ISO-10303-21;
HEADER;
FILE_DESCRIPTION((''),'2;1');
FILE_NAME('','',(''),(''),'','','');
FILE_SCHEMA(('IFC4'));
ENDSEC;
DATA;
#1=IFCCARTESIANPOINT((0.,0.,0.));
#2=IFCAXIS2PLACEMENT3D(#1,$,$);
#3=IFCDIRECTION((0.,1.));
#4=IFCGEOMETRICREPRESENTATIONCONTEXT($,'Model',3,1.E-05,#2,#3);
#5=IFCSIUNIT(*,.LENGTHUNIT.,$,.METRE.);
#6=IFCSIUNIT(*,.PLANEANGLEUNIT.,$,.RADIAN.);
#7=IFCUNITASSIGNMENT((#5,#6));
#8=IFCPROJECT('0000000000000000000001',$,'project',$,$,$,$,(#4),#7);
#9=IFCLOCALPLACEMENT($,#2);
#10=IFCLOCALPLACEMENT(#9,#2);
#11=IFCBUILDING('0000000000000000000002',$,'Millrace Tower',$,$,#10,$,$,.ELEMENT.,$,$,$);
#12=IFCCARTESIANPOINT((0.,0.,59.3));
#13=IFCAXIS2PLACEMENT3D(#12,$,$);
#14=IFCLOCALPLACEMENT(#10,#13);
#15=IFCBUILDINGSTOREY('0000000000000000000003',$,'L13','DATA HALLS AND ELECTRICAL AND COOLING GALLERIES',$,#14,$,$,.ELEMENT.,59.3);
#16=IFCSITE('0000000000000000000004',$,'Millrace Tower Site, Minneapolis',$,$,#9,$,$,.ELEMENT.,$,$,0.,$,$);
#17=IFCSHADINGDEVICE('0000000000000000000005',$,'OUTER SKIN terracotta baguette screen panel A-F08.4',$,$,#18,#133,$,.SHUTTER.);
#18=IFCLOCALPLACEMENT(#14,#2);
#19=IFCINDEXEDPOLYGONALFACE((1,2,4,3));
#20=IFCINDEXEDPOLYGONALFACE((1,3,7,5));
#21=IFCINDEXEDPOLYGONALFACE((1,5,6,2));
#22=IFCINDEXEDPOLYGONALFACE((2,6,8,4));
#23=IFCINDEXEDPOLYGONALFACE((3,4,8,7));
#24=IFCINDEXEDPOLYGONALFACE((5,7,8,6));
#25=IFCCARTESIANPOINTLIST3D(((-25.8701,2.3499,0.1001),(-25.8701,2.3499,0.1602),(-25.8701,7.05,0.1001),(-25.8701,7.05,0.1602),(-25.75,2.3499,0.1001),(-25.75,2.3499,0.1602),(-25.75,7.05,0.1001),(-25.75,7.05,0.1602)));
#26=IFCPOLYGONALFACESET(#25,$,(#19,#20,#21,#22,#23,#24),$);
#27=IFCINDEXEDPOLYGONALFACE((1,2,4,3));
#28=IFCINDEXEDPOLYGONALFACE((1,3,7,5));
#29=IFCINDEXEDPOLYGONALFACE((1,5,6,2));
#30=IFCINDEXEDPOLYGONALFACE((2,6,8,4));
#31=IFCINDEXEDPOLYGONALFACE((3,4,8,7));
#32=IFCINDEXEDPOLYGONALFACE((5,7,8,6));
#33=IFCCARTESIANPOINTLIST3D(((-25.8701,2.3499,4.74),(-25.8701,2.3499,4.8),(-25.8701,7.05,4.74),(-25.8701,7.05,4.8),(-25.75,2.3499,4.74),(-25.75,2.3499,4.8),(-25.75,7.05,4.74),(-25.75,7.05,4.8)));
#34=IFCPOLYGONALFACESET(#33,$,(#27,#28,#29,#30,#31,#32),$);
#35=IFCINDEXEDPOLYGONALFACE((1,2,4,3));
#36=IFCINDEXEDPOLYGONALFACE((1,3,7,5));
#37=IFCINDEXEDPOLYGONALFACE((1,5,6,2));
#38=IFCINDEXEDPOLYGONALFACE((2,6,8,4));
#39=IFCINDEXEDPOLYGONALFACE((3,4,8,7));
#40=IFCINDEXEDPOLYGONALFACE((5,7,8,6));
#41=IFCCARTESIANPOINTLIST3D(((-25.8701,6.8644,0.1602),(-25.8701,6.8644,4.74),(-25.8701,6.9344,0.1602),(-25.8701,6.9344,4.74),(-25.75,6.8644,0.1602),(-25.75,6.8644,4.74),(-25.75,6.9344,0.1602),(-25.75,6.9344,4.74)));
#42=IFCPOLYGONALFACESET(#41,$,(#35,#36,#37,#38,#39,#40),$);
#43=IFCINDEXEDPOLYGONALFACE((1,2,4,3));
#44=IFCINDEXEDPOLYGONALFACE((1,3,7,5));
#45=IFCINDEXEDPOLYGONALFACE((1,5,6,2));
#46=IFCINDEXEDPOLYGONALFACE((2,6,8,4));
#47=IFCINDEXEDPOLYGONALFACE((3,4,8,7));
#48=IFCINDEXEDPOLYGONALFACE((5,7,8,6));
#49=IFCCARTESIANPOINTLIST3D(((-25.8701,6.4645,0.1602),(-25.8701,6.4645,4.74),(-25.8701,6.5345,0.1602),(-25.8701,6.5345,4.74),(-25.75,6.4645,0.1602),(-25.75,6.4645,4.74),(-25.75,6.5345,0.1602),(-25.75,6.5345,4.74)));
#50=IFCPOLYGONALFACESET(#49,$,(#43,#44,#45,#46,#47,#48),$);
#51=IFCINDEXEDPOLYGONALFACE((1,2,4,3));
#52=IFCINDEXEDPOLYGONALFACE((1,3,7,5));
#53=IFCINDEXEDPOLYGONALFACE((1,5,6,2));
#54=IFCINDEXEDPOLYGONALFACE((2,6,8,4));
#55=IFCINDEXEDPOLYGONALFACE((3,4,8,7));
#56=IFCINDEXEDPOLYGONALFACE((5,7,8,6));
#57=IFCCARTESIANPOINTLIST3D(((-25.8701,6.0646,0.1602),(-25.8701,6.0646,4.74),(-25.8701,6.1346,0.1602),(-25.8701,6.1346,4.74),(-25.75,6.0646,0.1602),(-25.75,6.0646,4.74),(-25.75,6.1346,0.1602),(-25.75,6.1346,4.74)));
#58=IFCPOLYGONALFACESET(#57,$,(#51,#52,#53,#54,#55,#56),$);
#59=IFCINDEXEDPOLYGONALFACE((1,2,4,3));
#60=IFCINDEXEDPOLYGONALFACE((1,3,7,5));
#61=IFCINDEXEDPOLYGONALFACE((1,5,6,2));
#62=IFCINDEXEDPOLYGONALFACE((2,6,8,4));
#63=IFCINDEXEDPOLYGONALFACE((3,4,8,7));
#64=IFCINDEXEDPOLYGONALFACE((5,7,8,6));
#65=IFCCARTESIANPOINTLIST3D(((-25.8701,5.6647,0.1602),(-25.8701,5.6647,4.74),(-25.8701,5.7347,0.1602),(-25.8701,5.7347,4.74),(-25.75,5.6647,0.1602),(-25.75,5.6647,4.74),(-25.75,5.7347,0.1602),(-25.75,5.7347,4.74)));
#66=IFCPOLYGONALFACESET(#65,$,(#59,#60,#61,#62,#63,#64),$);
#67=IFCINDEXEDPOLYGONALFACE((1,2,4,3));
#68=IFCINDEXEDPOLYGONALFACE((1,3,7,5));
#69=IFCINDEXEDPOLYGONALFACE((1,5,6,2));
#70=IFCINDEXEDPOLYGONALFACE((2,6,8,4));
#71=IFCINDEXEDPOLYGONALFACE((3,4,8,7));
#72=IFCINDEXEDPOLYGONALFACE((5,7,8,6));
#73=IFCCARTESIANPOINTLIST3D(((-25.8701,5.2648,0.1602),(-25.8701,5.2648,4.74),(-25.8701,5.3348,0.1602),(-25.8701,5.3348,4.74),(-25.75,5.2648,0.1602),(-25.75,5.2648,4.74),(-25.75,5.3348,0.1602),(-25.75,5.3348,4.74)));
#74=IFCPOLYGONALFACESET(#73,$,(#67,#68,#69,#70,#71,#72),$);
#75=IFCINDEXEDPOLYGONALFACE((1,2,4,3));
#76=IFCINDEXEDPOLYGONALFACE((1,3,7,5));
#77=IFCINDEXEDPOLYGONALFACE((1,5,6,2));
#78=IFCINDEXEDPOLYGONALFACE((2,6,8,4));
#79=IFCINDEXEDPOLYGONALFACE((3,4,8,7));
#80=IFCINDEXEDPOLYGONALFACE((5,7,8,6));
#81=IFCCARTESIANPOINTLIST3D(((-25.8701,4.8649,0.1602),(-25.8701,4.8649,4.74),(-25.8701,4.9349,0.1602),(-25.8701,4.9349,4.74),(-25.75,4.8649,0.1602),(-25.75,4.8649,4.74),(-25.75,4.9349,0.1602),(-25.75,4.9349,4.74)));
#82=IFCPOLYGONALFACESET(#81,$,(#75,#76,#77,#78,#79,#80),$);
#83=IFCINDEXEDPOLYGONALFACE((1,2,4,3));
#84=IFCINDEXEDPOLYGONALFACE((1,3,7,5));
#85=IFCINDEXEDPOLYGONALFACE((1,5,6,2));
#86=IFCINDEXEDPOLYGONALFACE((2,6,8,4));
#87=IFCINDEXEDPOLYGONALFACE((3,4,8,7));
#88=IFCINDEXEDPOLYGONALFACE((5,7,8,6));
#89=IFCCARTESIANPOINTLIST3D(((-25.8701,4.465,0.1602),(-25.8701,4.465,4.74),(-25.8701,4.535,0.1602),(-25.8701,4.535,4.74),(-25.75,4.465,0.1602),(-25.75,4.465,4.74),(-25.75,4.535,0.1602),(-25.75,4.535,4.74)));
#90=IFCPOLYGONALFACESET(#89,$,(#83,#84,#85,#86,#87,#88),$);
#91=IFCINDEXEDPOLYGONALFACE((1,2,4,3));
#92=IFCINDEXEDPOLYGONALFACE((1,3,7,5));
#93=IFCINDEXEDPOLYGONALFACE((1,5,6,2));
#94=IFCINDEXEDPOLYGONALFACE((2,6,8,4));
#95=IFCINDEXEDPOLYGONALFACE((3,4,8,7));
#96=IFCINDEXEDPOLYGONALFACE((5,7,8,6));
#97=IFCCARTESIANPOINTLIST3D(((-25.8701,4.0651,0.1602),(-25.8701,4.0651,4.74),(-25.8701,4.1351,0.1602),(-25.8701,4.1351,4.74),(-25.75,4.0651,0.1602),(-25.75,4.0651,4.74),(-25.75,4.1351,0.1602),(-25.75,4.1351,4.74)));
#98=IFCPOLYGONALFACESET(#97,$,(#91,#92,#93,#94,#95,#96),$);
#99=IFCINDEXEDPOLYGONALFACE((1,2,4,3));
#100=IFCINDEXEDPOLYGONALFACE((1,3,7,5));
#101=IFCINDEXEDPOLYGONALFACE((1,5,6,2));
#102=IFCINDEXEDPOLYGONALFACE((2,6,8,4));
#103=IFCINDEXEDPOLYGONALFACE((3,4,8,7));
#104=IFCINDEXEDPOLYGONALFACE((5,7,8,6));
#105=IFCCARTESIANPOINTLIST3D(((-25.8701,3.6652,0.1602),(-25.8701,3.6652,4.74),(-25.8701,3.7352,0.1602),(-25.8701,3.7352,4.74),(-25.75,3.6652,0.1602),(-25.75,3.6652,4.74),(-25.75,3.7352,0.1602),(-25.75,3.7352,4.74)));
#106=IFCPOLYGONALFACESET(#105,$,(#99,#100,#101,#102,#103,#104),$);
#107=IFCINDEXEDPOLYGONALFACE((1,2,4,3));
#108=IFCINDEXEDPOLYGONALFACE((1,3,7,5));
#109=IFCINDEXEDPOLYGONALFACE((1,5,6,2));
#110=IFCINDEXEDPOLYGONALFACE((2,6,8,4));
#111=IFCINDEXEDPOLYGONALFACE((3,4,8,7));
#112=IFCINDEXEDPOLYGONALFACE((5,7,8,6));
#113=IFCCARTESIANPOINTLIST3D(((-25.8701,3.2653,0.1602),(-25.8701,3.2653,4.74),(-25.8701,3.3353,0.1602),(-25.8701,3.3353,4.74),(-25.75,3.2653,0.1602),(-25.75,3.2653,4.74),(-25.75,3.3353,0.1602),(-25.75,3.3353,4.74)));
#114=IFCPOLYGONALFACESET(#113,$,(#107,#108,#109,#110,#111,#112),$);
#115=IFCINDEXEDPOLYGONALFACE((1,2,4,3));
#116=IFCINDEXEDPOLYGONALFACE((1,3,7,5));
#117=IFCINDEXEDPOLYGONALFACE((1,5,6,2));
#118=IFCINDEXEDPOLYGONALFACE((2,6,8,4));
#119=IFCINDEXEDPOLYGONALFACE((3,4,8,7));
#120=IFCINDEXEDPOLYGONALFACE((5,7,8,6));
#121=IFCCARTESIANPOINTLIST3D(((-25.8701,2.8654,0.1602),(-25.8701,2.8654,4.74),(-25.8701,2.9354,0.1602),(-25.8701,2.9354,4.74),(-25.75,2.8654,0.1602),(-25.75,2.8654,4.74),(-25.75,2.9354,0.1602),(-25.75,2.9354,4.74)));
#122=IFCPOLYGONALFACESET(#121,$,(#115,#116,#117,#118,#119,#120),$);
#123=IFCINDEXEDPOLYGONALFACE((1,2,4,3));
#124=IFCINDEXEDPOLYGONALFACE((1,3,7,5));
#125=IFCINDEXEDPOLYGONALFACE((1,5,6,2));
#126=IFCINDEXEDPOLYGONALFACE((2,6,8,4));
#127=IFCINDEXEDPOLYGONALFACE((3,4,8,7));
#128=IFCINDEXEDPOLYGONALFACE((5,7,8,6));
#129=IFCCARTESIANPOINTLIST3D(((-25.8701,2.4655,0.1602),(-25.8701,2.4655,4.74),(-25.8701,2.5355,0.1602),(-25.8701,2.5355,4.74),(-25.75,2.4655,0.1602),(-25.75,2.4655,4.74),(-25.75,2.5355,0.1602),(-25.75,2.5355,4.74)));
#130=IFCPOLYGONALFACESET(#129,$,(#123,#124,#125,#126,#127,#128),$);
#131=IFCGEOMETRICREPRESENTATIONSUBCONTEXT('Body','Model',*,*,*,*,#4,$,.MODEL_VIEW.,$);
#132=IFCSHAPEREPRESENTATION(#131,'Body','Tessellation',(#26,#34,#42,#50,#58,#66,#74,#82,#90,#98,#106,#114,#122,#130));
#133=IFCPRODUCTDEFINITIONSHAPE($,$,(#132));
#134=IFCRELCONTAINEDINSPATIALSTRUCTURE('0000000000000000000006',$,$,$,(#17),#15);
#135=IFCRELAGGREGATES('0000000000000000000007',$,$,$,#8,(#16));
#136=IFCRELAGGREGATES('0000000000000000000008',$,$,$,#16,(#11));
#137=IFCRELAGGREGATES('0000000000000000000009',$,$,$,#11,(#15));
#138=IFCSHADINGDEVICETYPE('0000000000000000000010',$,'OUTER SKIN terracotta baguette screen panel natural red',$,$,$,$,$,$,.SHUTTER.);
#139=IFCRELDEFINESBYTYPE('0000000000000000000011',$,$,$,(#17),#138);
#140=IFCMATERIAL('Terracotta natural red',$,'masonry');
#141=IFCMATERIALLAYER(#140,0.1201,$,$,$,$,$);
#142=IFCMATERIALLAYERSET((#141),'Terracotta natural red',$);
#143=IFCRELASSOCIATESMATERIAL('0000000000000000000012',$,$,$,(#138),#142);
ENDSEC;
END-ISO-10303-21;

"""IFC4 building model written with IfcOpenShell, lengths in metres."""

from ifc_helpers import new_model, entity, si_unit, direction, frame, frame_2d, origin, place, context, subcontext, project, spatial, rectangle, extrude, source, transform, mapped, material, layer, layer_set, type_object, element, save


model = new_model("IFC4")

# Units and contexts
model_context = context("Model", 3, precision=1e-05, world=origin(), true_north=direction((0.0, 1.0)))
body_context = subcontext(model_context, "Body", "Model", "MODEL_VIEW")
ifc_project = project(units=[si_unit("LENGTHUNIT", "METRE"), si_unit("PLANEANGLEUNIT", "RADIAN")], contexts=[model_context])

# Site, building, storey
site_placement = place(None, origin())
site = spatial("IfcSite", under=ifc_project, at=site_placement, Name="Millrace Tower Site, Minneapolis", CompositionType="ELEMENT", RefElevation=0.0)
building_placement = place(site_placement, origin())
building = spatial("IfcBuilding", under=site, at=building_placement, Name="Millrace Tower", CompositionType="ELEMENT")
storey_placement = place(building_placement, frame((0.0, 0.0, 59.3)))
storey = spatial("IfcBuildingStorey", under=building, at=storey_placement, Name="L13", Description="DATA HALLS AND ELECTRICAL AND COOLING GALLERIES", CompositionType="ELEMENT", Elevation=59.3)

# Shading device
ifc_material_1 = material(Name="Terracotta natural red", Category="masonry")
ifc_layer_1 = layer(ifc_material_1, 0.1201)
ifc_layer_set_1 = layer_set([ifc_layer_1], Name="Terracotta natural red")
shading_device_type = type_object("IfcShadingDeviceType", Name="OUTER SKIN terracotta baguette screen panel natural red", PredefinedType="SHUTTER", material=ifc_layer_set_1)
cartesian_point = entity("IfcCartesianPoint", [-2.3501, 0.0601])
shared_polyline = entity("IfcPolyline", [cartesian_point, entity("IfcCartesianPoint", [2.3501, 0.0601]), entity("IfcCartesianPoint", [2.3501, -0.0601]), entity("IfcCartesianPoint", [-2.3501, -0.0601]), cartesian_point])
shared_shape = source(origin(), body_context, "Body", "SweptSolid", [
    entity("IfcExtrudedAreaSolid", entity("IfcArbitraryClosedProfileDef", "AREA", None, shared_polyline), entity("IfcAxis2Placement3D", entity("IfcCartesianPoint", [0.0, 0.0, 0.0])), entity("IfcDirection", [0.0, 0.0, 1.0]), 0.0601),
    entity("IfcExtrudedAreaSolid", entity("IfcArbitraryClosedProfileDef", "AREA", None, shared_polyline), entity("IfcAxis2Placement3D", entity("IfcCartesianPoint", [0.0, 0.0, 4.6399])), entity("IfcDirection", [0.0, 0.0, 1.0]), 0.0601),
    extrude(rectangle(XDim=0.0701, YDim=0.1201, at=frame_2d((-2.1995, 0.0))), frame((0.0, 0.0, 0.0601)), (0.0, 0.0, 1.0), 4.5798),
    extrude(rectangle(XDim=0.0701, YDim=0.1201, at=frame_2d((-1.7996, 0.0))), frame((0.0, 0.0, 0.0601)), (0.0, 0.0, 1.0), 4.5798),
    extrude(rectangle(XDim=0.0701, YDim=0.1201, at=frame_2d((-1.3997, 0.0))), frame((0.0, 0.0, 0.0601)), (0.0, 0.0, 1.0), 4.5798),
    extrude(rectangle(XDim=0.0701, YDim=0.1201, at=frame_2d((-0.9998, 0.0))), frame((0.0, 0.0, 0.0601)), (0.0, 0.0, 1.0), 4.5798),
    extrude(rectangle(XDim=0.0701, YDim=0.1201, at=frame_2d((-0.5999, 0.0))), frame((0.0, 0.0, 0.0601)), (0.0, 0.0, 1.0), 4.5798),
    extrude(rectangle(XDim=0.0701, YDim=0.1201, at=frame_2d((-0.2, 0.0))), frame((0.0, 0.0, 0.0601)), (0.0, 0.0, 1.0), 4.5798),
    extrude(rectangle(XDim=0.0701, YDim=0.1201, at=frame_2d((0.2, 0.0))), frame((0.0, 0.0, 0.0601)), (0.0, 0.0, 1.0), 4.5798),
    extrude(rectangle(XDim=0.0701, YDim=0.1201, at=frame_2d((0.5999, 0.0))), frame((0.0, 0.0, 0.0601)), (0.0, 0.0, 1.0), 4.5798),
    extrude(rectangle(XDim=0.0701, YDim=0.1201, at=frame_2d((0.9998, 0.0))), frame((0.0, 0.0, 0.0601)), (0.0, 0.0, 1.0), 4.5798),
    extrude(rectangle(XDim=0.0701, YDim=0.1201, at=frame_2d((1.3997, 0.0))), frame((0.0, 0.0, 0.0601)), (0.0, 0.0, 1.0), 4.5798),
    extrude(rectangle(XDim=0.0701, YDim=0.1201, at=frame_2d((1.7996, 0.0))), frame((0.0, 0.0, 0.0601)), (0.0, 0.0, 1.0), 4.5798),
    extrude(rectangle(XDim=0.0701, YDim=0.1201, at=frame_2d((2.1995, 0.0))), frame((0.0, 0.0, 0.0601)), (0.0, 0.0, 1.0), 4.5798),
])
for number, where, z_axis, x_axis, name in (
    (1, (-25.8101, 4.7, 0.1001), (0.0, 0.0, 1.0), (0.0, -1.0, 0.0), "OUTER SKIN terracotta baguette screen panel A-F08.4"),
):
    element("IfcShadingDevice", number, at=place(storey_placement, frame(where, z_axis=z_axis, x_axis=x_axis)), inside=storey, type_object=shading_device_type, Name=name, PredefinedType="SHUTTER", context=body_context, shape_type="MappedRepresentation", body=[
        mapped(shared_shape, transform((0.0, 0.0, 0.0), scale=1.0)),
    ])

save(model, "model.ifc")
